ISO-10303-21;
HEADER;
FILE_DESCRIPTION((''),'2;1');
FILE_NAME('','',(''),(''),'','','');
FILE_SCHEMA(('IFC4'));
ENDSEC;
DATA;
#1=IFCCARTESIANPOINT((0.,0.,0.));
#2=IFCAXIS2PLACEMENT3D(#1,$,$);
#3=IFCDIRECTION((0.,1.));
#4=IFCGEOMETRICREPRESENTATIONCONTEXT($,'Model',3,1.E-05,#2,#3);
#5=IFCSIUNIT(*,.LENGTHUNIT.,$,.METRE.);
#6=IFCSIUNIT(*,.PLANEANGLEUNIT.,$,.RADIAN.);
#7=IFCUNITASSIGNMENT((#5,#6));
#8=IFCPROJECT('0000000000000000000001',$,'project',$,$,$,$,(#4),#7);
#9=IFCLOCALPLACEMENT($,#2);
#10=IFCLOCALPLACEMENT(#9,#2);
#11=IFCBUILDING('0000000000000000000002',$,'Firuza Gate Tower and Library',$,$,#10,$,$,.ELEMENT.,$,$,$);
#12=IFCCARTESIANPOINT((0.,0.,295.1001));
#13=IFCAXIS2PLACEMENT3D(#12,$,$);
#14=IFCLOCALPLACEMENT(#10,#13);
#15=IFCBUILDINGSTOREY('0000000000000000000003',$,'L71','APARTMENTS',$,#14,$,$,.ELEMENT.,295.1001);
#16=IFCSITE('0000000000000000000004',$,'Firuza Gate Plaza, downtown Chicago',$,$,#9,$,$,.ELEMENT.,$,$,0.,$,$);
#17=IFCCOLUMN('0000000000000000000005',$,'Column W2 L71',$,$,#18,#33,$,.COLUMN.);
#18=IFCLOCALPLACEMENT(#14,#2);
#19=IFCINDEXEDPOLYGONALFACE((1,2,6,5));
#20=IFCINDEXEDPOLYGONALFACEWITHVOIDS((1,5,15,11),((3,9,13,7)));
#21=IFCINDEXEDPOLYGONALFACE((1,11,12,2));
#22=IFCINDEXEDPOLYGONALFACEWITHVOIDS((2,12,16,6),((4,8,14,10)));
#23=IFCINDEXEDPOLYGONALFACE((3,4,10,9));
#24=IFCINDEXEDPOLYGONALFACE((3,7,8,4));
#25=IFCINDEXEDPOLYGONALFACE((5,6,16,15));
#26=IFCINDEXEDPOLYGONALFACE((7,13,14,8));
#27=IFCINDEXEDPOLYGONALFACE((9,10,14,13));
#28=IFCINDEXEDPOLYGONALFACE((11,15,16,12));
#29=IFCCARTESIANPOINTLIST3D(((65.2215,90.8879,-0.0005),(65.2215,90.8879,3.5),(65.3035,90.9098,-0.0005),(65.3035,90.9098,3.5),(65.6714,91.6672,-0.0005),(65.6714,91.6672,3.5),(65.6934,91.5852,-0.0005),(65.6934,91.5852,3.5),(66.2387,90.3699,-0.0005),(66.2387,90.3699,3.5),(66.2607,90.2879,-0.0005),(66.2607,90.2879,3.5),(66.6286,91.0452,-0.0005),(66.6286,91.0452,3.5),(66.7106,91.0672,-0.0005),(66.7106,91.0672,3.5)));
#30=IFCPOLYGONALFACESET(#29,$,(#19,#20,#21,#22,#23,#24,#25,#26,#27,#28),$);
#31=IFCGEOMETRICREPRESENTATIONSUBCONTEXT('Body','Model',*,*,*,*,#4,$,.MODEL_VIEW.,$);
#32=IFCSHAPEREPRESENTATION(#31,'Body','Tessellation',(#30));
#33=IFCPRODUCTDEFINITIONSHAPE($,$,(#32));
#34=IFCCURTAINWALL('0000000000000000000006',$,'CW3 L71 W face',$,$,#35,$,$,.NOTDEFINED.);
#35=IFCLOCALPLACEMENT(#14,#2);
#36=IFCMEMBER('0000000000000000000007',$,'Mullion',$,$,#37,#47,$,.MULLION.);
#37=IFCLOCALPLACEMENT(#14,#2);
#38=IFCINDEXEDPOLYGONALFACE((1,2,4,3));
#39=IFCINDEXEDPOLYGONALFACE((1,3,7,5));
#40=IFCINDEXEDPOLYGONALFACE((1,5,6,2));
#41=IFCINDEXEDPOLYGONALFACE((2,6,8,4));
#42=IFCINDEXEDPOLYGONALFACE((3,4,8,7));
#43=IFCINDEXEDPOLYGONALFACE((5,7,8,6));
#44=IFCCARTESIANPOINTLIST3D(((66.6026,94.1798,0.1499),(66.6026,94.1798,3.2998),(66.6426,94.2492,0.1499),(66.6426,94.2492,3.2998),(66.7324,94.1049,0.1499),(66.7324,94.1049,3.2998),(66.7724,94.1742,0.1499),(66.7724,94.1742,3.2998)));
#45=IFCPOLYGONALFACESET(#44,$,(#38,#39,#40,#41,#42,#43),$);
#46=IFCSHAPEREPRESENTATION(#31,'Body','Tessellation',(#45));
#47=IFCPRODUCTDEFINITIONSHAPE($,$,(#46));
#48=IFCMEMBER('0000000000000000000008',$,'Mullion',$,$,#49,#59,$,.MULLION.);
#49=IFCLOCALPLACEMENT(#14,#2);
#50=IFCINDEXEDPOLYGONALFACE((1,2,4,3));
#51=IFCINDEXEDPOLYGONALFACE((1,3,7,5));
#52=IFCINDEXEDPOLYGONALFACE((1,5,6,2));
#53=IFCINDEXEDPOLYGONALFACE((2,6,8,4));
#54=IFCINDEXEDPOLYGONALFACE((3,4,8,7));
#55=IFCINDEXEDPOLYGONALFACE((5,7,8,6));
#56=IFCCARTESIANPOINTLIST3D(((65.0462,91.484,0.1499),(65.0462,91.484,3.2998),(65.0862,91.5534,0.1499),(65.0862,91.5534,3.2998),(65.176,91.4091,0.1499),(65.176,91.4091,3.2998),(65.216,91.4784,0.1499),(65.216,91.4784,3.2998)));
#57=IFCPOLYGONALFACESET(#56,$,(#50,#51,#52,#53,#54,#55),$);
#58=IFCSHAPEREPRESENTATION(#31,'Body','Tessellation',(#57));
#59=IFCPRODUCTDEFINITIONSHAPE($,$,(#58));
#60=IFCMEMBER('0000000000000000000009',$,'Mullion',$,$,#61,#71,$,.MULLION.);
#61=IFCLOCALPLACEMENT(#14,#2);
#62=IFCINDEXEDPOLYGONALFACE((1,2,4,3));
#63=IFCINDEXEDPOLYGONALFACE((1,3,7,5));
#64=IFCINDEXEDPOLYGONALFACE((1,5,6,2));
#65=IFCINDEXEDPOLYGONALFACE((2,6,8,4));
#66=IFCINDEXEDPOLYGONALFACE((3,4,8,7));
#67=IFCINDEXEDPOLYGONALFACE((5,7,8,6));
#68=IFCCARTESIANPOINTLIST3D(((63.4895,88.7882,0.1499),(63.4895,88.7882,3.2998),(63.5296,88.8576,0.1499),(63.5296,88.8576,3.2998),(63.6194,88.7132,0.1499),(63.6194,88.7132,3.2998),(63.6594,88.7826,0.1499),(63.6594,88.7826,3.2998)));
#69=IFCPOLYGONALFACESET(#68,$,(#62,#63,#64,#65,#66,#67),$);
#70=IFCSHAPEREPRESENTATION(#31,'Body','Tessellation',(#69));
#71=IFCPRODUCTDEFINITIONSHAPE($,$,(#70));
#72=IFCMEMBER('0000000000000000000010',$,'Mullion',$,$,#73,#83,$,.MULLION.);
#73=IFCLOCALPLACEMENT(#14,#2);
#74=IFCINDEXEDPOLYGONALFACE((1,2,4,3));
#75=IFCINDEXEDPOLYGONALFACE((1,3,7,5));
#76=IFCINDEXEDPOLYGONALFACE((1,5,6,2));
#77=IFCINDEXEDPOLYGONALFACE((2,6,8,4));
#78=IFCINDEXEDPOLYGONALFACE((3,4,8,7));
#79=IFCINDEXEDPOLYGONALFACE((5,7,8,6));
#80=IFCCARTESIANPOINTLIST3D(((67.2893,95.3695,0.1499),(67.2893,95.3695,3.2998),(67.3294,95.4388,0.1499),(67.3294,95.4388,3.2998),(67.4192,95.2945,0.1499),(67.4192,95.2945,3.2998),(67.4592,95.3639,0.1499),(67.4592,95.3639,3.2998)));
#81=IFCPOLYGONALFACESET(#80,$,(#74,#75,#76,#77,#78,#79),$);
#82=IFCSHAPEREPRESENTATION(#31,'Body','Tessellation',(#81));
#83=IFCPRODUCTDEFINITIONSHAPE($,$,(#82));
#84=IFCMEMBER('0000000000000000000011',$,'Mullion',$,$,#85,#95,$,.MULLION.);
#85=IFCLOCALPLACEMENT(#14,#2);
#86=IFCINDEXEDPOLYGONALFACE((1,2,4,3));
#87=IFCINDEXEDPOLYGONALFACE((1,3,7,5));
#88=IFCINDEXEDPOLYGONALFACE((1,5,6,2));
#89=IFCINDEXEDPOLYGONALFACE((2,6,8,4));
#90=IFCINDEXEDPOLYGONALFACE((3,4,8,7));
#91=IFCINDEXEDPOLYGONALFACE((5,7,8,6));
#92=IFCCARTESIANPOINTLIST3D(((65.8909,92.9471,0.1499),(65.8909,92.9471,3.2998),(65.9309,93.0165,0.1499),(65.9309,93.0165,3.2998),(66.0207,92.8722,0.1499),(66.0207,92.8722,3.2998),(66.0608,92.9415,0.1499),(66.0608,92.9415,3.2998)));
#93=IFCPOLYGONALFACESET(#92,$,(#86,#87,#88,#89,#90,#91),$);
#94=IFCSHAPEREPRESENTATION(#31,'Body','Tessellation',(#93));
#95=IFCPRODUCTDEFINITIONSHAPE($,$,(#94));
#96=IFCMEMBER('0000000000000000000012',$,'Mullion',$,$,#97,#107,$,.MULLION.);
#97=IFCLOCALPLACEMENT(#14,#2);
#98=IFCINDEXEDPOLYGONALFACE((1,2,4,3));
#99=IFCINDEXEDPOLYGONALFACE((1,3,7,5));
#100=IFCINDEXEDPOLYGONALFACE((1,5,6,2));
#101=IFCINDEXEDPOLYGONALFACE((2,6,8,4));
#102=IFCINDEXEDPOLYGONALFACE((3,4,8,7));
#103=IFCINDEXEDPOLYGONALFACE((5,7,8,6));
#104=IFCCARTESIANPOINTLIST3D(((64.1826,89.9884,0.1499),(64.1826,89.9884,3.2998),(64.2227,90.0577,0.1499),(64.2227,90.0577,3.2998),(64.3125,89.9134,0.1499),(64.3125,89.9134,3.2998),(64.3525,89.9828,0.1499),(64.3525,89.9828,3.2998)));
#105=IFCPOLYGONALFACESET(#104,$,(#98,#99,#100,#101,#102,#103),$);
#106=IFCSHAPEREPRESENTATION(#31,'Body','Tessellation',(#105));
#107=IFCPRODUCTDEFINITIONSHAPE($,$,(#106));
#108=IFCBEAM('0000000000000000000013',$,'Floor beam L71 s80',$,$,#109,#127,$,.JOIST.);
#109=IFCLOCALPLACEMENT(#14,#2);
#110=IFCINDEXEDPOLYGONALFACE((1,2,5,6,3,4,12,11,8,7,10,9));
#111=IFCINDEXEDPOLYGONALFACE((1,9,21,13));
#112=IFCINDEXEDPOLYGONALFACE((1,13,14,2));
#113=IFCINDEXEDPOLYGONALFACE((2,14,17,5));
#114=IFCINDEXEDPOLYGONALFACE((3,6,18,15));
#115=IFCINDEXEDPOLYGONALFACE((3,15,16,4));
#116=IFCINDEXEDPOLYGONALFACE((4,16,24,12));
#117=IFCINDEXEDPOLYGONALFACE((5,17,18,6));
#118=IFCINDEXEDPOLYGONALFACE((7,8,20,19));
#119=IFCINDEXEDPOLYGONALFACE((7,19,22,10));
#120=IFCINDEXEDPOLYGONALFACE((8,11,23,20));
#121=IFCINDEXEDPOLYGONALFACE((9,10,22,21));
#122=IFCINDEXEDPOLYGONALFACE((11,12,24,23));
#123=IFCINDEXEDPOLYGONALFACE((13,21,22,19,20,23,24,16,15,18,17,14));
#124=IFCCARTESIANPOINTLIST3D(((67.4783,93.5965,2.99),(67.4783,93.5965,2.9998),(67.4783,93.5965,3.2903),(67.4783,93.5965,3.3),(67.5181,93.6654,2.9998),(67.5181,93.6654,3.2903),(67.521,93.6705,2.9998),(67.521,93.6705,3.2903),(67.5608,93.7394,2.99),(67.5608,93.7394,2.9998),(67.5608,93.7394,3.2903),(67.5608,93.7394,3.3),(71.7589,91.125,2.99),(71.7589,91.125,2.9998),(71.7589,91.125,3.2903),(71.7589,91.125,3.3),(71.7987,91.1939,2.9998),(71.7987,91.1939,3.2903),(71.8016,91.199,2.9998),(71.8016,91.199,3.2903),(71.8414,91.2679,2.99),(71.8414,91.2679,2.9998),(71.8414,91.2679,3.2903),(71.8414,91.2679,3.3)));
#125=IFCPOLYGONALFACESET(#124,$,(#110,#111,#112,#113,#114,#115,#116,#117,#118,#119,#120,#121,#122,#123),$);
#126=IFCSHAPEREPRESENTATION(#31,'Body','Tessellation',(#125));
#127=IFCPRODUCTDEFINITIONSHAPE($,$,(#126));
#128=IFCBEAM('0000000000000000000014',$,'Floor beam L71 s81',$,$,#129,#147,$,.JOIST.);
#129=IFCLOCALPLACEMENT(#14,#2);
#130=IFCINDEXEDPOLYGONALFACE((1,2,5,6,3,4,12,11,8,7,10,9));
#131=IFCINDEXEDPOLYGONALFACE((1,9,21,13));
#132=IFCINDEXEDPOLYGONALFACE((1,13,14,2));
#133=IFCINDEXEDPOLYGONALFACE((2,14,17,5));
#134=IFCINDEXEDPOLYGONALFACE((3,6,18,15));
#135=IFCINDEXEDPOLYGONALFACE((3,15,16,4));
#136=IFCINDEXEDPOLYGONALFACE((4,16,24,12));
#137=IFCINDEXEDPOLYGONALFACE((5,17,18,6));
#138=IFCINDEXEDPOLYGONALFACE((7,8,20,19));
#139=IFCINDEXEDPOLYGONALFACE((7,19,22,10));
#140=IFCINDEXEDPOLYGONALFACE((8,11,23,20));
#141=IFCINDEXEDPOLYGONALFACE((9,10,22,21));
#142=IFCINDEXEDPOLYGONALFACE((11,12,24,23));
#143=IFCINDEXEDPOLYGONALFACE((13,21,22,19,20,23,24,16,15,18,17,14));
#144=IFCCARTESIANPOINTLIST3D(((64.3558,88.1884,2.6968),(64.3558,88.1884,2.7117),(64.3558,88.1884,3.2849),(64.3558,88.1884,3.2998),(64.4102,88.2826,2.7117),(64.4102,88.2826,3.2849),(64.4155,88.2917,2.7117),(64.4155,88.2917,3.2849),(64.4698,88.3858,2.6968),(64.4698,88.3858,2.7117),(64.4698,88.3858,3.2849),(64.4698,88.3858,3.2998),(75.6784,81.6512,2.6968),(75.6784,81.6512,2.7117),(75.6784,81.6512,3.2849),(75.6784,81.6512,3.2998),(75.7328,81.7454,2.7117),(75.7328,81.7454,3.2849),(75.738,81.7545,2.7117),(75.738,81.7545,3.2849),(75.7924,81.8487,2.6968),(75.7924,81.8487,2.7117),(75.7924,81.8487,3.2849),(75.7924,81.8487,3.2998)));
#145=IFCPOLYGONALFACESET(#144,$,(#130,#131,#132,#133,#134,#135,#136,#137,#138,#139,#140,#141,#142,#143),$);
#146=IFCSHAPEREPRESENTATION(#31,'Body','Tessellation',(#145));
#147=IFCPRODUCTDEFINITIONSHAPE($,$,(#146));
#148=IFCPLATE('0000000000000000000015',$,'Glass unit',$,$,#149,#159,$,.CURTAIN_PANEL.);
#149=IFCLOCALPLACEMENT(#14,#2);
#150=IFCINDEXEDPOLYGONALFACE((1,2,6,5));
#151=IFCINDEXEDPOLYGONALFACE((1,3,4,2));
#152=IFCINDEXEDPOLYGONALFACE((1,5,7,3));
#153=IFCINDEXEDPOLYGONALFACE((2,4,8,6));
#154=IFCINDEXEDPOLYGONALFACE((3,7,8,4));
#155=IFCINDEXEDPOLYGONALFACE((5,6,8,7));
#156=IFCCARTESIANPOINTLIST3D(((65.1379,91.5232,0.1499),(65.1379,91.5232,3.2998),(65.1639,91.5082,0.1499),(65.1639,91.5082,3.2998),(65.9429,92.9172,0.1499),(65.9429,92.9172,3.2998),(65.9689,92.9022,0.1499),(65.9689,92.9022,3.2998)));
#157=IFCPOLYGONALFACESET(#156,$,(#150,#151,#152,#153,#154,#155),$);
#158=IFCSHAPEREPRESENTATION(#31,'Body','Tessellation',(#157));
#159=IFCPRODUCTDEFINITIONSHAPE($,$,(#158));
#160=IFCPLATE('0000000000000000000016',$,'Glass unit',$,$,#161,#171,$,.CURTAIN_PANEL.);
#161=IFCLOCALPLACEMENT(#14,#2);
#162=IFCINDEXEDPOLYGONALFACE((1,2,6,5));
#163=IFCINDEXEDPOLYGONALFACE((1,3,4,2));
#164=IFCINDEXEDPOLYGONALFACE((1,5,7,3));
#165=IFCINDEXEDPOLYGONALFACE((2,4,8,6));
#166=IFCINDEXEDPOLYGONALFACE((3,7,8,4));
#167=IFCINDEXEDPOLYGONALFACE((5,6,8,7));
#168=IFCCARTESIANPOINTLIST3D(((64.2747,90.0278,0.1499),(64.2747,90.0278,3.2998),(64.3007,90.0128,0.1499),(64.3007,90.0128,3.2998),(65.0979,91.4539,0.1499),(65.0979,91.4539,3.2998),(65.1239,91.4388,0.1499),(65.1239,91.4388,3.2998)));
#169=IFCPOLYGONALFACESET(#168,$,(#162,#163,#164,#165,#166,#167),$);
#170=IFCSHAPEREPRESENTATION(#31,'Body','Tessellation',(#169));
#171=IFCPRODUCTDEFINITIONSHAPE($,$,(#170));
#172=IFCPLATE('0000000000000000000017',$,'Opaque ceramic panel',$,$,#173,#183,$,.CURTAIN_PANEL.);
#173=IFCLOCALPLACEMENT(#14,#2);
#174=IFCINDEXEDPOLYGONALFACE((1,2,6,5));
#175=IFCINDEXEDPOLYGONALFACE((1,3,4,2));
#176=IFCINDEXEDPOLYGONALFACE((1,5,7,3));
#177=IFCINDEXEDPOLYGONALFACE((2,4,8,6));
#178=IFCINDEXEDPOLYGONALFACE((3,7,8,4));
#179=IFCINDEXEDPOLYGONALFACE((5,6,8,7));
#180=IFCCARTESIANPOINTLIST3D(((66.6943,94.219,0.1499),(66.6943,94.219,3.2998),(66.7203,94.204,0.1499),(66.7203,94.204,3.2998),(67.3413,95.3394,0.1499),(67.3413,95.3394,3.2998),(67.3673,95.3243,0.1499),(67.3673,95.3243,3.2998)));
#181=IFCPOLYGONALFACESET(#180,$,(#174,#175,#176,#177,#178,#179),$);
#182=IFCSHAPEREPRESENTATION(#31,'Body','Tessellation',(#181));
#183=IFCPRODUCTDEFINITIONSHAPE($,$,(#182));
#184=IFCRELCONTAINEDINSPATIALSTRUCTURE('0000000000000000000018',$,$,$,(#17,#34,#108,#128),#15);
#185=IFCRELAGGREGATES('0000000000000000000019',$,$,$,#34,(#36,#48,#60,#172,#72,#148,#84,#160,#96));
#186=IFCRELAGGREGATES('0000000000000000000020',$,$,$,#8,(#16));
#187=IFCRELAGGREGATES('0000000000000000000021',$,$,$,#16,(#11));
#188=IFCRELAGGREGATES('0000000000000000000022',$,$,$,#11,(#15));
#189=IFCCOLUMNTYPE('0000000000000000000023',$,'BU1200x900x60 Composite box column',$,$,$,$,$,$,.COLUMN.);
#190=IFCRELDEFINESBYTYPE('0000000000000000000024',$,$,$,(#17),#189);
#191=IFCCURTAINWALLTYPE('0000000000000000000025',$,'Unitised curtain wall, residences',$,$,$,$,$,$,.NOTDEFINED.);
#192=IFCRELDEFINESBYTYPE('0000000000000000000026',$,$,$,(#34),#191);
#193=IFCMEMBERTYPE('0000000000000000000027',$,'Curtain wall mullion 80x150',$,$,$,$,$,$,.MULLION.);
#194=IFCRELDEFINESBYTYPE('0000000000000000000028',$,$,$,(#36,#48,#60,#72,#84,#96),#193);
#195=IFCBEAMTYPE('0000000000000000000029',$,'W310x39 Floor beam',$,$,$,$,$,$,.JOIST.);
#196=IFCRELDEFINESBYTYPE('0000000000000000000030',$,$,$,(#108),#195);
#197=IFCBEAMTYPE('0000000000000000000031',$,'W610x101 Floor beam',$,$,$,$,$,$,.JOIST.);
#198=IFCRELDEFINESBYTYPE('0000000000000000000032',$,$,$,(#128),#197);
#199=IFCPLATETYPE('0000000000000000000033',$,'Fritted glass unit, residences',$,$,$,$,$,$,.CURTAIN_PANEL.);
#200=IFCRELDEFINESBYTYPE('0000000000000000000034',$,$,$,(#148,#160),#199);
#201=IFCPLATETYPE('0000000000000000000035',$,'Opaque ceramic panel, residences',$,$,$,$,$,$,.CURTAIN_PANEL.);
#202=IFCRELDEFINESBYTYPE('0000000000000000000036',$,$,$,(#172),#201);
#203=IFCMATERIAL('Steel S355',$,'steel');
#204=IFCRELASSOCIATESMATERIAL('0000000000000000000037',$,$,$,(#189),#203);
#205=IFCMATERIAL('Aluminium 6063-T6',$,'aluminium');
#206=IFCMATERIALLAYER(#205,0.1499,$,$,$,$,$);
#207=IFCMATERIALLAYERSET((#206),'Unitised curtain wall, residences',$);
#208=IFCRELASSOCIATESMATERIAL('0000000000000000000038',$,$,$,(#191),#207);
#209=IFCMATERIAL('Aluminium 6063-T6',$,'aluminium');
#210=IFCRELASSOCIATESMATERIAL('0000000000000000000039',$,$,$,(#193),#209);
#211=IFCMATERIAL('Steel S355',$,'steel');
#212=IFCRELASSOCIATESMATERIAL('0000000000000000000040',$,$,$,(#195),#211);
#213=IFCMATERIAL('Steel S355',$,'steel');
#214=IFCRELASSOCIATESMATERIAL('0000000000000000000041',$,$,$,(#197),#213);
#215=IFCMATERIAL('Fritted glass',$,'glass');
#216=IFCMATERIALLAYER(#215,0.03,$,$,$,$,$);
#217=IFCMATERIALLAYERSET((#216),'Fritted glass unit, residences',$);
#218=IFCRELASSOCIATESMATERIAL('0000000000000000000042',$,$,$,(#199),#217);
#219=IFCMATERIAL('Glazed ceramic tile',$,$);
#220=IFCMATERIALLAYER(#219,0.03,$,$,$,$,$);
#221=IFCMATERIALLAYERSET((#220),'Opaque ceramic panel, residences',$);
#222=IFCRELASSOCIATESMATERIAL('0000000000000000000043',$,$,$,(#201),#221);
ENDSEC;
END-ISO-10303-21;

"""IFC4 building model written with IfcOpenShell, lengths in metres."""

from ifc_helpers import new_model, si_unit, direction, frame, origin, origin_2d, place, context, subcontext, project, spatial, polyline, rectangle, hollow_rectangle, i_section, outline, extrude, material, layer, layer_set, material_profile, profile_set, type_object, element, aggregate, save


model = new_model("IFC4")

# Units and contexts
model_context = context("Model", 3, precision=1e-05, world=origin(), true_north=direction((0.0, 1.0)))
body_context = subcontext(model_context, "Body", "Model", "MODEL_VIEW")
ifc_project = project(units=[si_unit("LENGTHUNIT", "METRE"), si_unit("PLANEANGLEUNIT", "RADIAN")], contexts=[model_context])

# Site, building, storey
site_placement = place(None, origin())
site = spatial("IfcSite", under=ifc_project, at=site_placement, Name="Firuza Gate Plaza, downtown Chicago", CompositionType="ELEMENT", RefElevation=0.0)
building_placement = place(site_placement, origin())
building = spatial("IfcBuilding", under=site, at=building_placement, Name="Firuza Gate Tower and Library", CompositionType="ELEMENT")
storey_placement = place(building_placement, frame((0.0, 0.0, 295.1001)))
storey = spatial("IfcBuildingStorey", under=building, at=storey_placement, Name="L71", Description="APARTMENTS", CompositionType="ELEMENT", Elevation=295.1001)

# Column
ifc_material_1 = material(Name="Steel S355", Category="steel")
ifc_material_profile_1 = material_profile(ifc_material_1, hollow_rectangle(XDim=0.8999, YDim=1.2, WallThickness=0.0601, at=origin_2d()))
ifc_profile_set_1 = profile_set([ifc_material_profile_1], Name="Steel S355")
column_type = type_object("IfcColumnType", Name="BU1200x900x60 Composite box column", PredefinedType="COLUMN", material=ifc_profile_set_1)
column_placement = place(storey_placement, frame((65.9661, 90.9775, -0.0005), z_axis=(0.0, 0.0, 1.0), x_axis=(-0.5, -0.866025, 0.0)))
element("IfcColumn", 1, at=column_placement, inside=storey, type_object=column_type, Name="Column W2 L71", PredefinedType="COLUMN", context=body_context, shape_type="SweptSolid", body=[
    extrude(hollow_rectangle(XDim=0.8999, YDim=1.2, WallThickness=0.0601, at=origin_2d()), origin(), (0.0, 0.0, 1.0), 3.5005),
])

# Curtain wall, members
ifc_material_2 = material(Name="Aluminium 6063-T6", Category="aluminium")
ifc_layer_1 = layer(ifc_material_2, 0.1499)
ifc_layer_set_1 = layer_set([ifc_layer_1], Name="Unitised curtain wall, residences")
curtain_wall_type = type_object("IfcCurtainWallType", Name="Unitised curtain wall, residences", PredefinedType="NOTDEFINED", material=ifc_layer_set_1)
placement = place(storey_placement, origin())
curtain_wall = element("IfcCurtainWall", 2, at=placement, inside=storey, type_object=curtain_wall_type, Name="CW3 L71 W face", PredefinedType="NOTDEFINED")
ifc_material_3 = material(Name="Aluminium 6063-T6", Category="aluminium")
ifc_material_profile_2 = material_profile(ifc_material_3, rectangle(XDim=0.1499, YDim=0.0801, at=origin_2d()))
ifc_profile_set_2 = profile_set([ifc_material_profile_2], Name="Aluminium 6063-T6")
member_type = type_object("IfcMemberType", Name="Curtain wall mullion 80x150", PredefinedType="MULLION", material=ifc_profile_set_2)
member_1_placement = place(storey_placement, frame((66.6875, 94.177, 0.1499), z_axis=(0.0, 0.0, 1.0), x_axis=(0.866025, -0.5, 0.0)))
member_1 = element("IfcMember", 3, at=member_1_placement, type_object=member_type, Name="Mullion", PredefinedType="MULLION", context=body_context, shape_type="SweptSolid", body=[
    extrude(rectangle(XDim=0.1499, YDim=0.0801, at=origin_2d()), origin(), (0.0, 0.0, 1.0), 3.1499),
])
member_2_placement = place(storey_placement, frame((65.1311, 91.4812, 0.1499), z_axis=(0.0, 0.0, 1.0), x_axis=(0.866025, -0.5, 0.0)))
member_2 = element("IfcMember", 4, at=member_2_placement, type_object=member_type, Name="Mullion", PredefinedType="MULLION", context=body_context, shape_type="SweptSolid", body=[
    extrude(rectangle(XDim=0.1499, YDim=0.0801, at=origin_2d()), origin(), (0.0, 0.0, 1.0), 3.1499),
])
member_3_placement = place(storey_placement, frame((63.5745, 88.7854, 0.1499), z_axis=(0.0, 0.0, 1.0), x_axis=(0.866025, -0.5, 0.0)))
member_3 = element("IfcMember", 5, at=member_3_placement, type_object=member_type, Name="Mullion", PredefinedType="MULLION", context=body_context, shape_type="SweptSolid", body=[
    extrude(rectangle(XDim=0.1499, YDim=0.0801, at=origin_2d()), origin(), (0.0, 0.0, 1.0), 3.1499),
])
member_4_placement = place(storey_placement, frame((67.3743, 95.3667, 0.1499), z_axis=(0.0, 0.0, 1.0), x_axis=(0.866025, -0.5, 0.0)))
member_4 = element("IfcMember", 6, at=member_4_placement, type_object=member_type, Name="Mullion", PredefinedType="MULLION", context=body_context, shape_type="SweptSolid", body=[
    extrude(rectangle(XDim=0.1499, YDim=0.0801, at=origin_2d()), origin(), (0.0, 0.0, 1.0), 3.1499),
])
member_5_placement = place(storey_placement, frame((65.9758, 92.9443, 0.1499), z_axis=(0.0, 0.0, 1.0), x_axis=(0.866025, -0.5, 0.0)))
member_5 = element("IfcMember", 7, at=member_5_placement, type_object=member_type, Name="Mullion", PredefinedType="MULLION", context=body_context, shape_type="SweptSolid", body=[
    extrude(rectangle(XDim=0.1499, YDim=0.0801, at=origin_2d()), origin(), (0.0, 0.0, 1.0), 3.1499),
])
member_6_placement = place(storey_placement, frame((64.2676, 89.9856, 0.1499), z_axis=(0.0, 0.0, 1.0), x_axis=(0.866025, -0.5, 0.0)))
member_6 = element("IfcMember", 8, at=member_6_placement, type_object=member_type, Name="Mullion", PredefinedType="MULLION", context=body_context, shape_type="SweptSolid", body=[
    extrude(rectangle(XDim=0.1499, YDim=0.0801, at=origin_2d()), origin(), (0.0, 0.0, 1.0), 3.1499),
])

# Beams
ifc_material_4 = material(Name="Steel S355", Category="steel")
ifc_material_profile_3 = material_profile(ifc_material_4, i_section(OverallWidth=0.165, OverallDepth=0.3101, WebThickness=0.0059, FlangeThickness=0.0098, at=origin_2d()))
ifc_profile_set_3 = profile_set([ifc_material_profile_3], Name="Steel S355")
beam_type_1 = type_object("IfcBeamType", Name="W310x39 Floor beam", PredefinedType="JOIST", material=ifc_profile_set_3)
beam_1_placement = place(storey_placement, frame((67.5195, 93.668, 3.145), z_axis=(0.866019, -0.500012, 0.0), x_axis=(0.500012, 0.866019, 0.0)))
element("IfcBeam", 9, at=beam_1_placement, inside=storey, type_object=beam_type_1, Name="Floor beam L71 s80", PredefinedType="JOIST", context=body_context, shape_type="SweptSolid", body=[
    extrude(i_section(OverallWidth=0.165, OverallDepth=0.3101, WebThickness=0.0059, FlangeThickness=0.0098, at=origin_2d()), origin(), (0.0, 0.0, 1.0), 4.9429),
])
ifc_material_5 = material(Name="Steel S355", Category="steel")
ifc_material_profile_4 = material_profile(ifc_material_5, i_section(OverallWidth=0.228, OverallDepth=0.603, WebThickness=0.0105, FlangeThickness=0.0149, at=origin_2d()))
ifc_profile_set_4 = profile_set([ifc_material_profile_4], Name="Steel S355")
beam_type_2 = type_object("IfcBeamType", Name="W610x101 Floor beam", PredefinedType="JOIST", material=ifc_profile_set_4)
beam_2_placement = place(storey_placement, frame((64.4128, 88.2871, 2.9983), z_axis=(0.866024, -0.500003, 0.0), x_axis=(0.500003, 0.866024, 0.0)))
element("IfcBeam", 10, at=beam_2_placement, inside=storey, type_object=beam_type_2, Name="Floor beam L71 s81", PredefinedType="JOIST", context=body_context, shape_type="SweptSolid", body=[
    extrude(i_section(OverallWidth=0.228, OverallDepth=0.603, WebThickness=0.0105, FlangeThickness=0.0149, at=origin_2d()), origin(), (0.0, 0.0, 1.0), 13.0742),
])

# Plates
ifc_material_6 = material(Name="Fritted glass", Category="glass")
ifc_layer_2 = layer(ifc_material_6, 0.03)
ifc_layer_set_2 = layer_set([ifc_layer_2], Name="Fritted glass unit, residences")
plate_type_1 = type_object("IfcPlateType", Name="Fritted glass unit, residences", PredefinedType="CURTAIN_PANEL", material=ifc_layer_set_2)
plate_1_placement = place(storey_placement, frame((65.9429, 92.9172, 0.1499), z_axis=(-0.866004, 0.500038, 0.0), x_axis=(-0.500038, -0.866004, 0.0)))
plate_1 = element("IfcPlate", 11, at=plate_1_placement, type_object=plate_type_1, Name="Glass unit", PredefinedType="CURTAIN_PANEL", context=body_context, shape_type="SweptSolid", body=[
    extrude(outline(polyline([(0.0, 0.0), (1.6097, 0.0), (1.6097, 3.1499), (0.0, 3.1499), (0.0, 0.0)])), origin(), (0.0, 0.0, -1.0), 0.03),
])
plate_2_placement = place(storey_placement, frame((65.0979, 91.4539, 0.1499), z_axis=(-0.866045, 0.499966, 0.0), x_axis=(-0.499966, -0.866045, 0.0)))
plate_2 = element("IfcPlate", 12, at=plate_2_placement, type_object=plate_type_1, Name="Glass unit", PredefinedType="CURTAIN_PANEL", context=body_context, shape_type="SweptSolid", body=[
    extrude(outline(polyline([(0.0, 0.0), (1.6466, 0.0), (1.6466, 3.1499), (0.0, 3.1499), (0.0, 0.0)])), origin(), (0.0, 0.0, -1.0), 0.03),
])
ifc_material_7 = material(Name="Glazed ceramic tile")
ifc_layer_3 = layer(ifc_material_7, 0.03)
ifc_layer_set_3 = layer_set([ifc_layer_3], Name="Opaque ceramic panel, residences")
plate_type_2 = type_object("IfcPlateType", Name="Opaque ceramic panel, residences", PredefinedType="CURTAIN_PANEL", material=ifc_layer_set_3)
plate_3_placement = place(storey_placement, frame((67.3413, 95.3394, 0.1499), z_axis=(-0.865981, 0.500076, 0.0), x_axis=(-0.500076, -0.865981, 0.0)))
plate_3 = element("IfcPlate", 13, at=plate_3_placement, type_object=plate_type_2, Name="Opaque ceramic panel", PredefinedType="CURTAIN_PANEL", context=body_context, shape_type="SweptSolid", body=[
    extrude(outline(polyline([(0.0, 0.0), (1.2937, 0.0), (1.2937, 3.1499), (0.0, 3.1499), (0.0, 0.0)])), origin(), (0.0, 0.0, -1.0), 0.03),
])
aggregate(curtain_wall, [member_1, member_2, member_3, plate_3, member_4, plate_1, member_5, plate_2, member_6])

save(model, "model.ifc")
